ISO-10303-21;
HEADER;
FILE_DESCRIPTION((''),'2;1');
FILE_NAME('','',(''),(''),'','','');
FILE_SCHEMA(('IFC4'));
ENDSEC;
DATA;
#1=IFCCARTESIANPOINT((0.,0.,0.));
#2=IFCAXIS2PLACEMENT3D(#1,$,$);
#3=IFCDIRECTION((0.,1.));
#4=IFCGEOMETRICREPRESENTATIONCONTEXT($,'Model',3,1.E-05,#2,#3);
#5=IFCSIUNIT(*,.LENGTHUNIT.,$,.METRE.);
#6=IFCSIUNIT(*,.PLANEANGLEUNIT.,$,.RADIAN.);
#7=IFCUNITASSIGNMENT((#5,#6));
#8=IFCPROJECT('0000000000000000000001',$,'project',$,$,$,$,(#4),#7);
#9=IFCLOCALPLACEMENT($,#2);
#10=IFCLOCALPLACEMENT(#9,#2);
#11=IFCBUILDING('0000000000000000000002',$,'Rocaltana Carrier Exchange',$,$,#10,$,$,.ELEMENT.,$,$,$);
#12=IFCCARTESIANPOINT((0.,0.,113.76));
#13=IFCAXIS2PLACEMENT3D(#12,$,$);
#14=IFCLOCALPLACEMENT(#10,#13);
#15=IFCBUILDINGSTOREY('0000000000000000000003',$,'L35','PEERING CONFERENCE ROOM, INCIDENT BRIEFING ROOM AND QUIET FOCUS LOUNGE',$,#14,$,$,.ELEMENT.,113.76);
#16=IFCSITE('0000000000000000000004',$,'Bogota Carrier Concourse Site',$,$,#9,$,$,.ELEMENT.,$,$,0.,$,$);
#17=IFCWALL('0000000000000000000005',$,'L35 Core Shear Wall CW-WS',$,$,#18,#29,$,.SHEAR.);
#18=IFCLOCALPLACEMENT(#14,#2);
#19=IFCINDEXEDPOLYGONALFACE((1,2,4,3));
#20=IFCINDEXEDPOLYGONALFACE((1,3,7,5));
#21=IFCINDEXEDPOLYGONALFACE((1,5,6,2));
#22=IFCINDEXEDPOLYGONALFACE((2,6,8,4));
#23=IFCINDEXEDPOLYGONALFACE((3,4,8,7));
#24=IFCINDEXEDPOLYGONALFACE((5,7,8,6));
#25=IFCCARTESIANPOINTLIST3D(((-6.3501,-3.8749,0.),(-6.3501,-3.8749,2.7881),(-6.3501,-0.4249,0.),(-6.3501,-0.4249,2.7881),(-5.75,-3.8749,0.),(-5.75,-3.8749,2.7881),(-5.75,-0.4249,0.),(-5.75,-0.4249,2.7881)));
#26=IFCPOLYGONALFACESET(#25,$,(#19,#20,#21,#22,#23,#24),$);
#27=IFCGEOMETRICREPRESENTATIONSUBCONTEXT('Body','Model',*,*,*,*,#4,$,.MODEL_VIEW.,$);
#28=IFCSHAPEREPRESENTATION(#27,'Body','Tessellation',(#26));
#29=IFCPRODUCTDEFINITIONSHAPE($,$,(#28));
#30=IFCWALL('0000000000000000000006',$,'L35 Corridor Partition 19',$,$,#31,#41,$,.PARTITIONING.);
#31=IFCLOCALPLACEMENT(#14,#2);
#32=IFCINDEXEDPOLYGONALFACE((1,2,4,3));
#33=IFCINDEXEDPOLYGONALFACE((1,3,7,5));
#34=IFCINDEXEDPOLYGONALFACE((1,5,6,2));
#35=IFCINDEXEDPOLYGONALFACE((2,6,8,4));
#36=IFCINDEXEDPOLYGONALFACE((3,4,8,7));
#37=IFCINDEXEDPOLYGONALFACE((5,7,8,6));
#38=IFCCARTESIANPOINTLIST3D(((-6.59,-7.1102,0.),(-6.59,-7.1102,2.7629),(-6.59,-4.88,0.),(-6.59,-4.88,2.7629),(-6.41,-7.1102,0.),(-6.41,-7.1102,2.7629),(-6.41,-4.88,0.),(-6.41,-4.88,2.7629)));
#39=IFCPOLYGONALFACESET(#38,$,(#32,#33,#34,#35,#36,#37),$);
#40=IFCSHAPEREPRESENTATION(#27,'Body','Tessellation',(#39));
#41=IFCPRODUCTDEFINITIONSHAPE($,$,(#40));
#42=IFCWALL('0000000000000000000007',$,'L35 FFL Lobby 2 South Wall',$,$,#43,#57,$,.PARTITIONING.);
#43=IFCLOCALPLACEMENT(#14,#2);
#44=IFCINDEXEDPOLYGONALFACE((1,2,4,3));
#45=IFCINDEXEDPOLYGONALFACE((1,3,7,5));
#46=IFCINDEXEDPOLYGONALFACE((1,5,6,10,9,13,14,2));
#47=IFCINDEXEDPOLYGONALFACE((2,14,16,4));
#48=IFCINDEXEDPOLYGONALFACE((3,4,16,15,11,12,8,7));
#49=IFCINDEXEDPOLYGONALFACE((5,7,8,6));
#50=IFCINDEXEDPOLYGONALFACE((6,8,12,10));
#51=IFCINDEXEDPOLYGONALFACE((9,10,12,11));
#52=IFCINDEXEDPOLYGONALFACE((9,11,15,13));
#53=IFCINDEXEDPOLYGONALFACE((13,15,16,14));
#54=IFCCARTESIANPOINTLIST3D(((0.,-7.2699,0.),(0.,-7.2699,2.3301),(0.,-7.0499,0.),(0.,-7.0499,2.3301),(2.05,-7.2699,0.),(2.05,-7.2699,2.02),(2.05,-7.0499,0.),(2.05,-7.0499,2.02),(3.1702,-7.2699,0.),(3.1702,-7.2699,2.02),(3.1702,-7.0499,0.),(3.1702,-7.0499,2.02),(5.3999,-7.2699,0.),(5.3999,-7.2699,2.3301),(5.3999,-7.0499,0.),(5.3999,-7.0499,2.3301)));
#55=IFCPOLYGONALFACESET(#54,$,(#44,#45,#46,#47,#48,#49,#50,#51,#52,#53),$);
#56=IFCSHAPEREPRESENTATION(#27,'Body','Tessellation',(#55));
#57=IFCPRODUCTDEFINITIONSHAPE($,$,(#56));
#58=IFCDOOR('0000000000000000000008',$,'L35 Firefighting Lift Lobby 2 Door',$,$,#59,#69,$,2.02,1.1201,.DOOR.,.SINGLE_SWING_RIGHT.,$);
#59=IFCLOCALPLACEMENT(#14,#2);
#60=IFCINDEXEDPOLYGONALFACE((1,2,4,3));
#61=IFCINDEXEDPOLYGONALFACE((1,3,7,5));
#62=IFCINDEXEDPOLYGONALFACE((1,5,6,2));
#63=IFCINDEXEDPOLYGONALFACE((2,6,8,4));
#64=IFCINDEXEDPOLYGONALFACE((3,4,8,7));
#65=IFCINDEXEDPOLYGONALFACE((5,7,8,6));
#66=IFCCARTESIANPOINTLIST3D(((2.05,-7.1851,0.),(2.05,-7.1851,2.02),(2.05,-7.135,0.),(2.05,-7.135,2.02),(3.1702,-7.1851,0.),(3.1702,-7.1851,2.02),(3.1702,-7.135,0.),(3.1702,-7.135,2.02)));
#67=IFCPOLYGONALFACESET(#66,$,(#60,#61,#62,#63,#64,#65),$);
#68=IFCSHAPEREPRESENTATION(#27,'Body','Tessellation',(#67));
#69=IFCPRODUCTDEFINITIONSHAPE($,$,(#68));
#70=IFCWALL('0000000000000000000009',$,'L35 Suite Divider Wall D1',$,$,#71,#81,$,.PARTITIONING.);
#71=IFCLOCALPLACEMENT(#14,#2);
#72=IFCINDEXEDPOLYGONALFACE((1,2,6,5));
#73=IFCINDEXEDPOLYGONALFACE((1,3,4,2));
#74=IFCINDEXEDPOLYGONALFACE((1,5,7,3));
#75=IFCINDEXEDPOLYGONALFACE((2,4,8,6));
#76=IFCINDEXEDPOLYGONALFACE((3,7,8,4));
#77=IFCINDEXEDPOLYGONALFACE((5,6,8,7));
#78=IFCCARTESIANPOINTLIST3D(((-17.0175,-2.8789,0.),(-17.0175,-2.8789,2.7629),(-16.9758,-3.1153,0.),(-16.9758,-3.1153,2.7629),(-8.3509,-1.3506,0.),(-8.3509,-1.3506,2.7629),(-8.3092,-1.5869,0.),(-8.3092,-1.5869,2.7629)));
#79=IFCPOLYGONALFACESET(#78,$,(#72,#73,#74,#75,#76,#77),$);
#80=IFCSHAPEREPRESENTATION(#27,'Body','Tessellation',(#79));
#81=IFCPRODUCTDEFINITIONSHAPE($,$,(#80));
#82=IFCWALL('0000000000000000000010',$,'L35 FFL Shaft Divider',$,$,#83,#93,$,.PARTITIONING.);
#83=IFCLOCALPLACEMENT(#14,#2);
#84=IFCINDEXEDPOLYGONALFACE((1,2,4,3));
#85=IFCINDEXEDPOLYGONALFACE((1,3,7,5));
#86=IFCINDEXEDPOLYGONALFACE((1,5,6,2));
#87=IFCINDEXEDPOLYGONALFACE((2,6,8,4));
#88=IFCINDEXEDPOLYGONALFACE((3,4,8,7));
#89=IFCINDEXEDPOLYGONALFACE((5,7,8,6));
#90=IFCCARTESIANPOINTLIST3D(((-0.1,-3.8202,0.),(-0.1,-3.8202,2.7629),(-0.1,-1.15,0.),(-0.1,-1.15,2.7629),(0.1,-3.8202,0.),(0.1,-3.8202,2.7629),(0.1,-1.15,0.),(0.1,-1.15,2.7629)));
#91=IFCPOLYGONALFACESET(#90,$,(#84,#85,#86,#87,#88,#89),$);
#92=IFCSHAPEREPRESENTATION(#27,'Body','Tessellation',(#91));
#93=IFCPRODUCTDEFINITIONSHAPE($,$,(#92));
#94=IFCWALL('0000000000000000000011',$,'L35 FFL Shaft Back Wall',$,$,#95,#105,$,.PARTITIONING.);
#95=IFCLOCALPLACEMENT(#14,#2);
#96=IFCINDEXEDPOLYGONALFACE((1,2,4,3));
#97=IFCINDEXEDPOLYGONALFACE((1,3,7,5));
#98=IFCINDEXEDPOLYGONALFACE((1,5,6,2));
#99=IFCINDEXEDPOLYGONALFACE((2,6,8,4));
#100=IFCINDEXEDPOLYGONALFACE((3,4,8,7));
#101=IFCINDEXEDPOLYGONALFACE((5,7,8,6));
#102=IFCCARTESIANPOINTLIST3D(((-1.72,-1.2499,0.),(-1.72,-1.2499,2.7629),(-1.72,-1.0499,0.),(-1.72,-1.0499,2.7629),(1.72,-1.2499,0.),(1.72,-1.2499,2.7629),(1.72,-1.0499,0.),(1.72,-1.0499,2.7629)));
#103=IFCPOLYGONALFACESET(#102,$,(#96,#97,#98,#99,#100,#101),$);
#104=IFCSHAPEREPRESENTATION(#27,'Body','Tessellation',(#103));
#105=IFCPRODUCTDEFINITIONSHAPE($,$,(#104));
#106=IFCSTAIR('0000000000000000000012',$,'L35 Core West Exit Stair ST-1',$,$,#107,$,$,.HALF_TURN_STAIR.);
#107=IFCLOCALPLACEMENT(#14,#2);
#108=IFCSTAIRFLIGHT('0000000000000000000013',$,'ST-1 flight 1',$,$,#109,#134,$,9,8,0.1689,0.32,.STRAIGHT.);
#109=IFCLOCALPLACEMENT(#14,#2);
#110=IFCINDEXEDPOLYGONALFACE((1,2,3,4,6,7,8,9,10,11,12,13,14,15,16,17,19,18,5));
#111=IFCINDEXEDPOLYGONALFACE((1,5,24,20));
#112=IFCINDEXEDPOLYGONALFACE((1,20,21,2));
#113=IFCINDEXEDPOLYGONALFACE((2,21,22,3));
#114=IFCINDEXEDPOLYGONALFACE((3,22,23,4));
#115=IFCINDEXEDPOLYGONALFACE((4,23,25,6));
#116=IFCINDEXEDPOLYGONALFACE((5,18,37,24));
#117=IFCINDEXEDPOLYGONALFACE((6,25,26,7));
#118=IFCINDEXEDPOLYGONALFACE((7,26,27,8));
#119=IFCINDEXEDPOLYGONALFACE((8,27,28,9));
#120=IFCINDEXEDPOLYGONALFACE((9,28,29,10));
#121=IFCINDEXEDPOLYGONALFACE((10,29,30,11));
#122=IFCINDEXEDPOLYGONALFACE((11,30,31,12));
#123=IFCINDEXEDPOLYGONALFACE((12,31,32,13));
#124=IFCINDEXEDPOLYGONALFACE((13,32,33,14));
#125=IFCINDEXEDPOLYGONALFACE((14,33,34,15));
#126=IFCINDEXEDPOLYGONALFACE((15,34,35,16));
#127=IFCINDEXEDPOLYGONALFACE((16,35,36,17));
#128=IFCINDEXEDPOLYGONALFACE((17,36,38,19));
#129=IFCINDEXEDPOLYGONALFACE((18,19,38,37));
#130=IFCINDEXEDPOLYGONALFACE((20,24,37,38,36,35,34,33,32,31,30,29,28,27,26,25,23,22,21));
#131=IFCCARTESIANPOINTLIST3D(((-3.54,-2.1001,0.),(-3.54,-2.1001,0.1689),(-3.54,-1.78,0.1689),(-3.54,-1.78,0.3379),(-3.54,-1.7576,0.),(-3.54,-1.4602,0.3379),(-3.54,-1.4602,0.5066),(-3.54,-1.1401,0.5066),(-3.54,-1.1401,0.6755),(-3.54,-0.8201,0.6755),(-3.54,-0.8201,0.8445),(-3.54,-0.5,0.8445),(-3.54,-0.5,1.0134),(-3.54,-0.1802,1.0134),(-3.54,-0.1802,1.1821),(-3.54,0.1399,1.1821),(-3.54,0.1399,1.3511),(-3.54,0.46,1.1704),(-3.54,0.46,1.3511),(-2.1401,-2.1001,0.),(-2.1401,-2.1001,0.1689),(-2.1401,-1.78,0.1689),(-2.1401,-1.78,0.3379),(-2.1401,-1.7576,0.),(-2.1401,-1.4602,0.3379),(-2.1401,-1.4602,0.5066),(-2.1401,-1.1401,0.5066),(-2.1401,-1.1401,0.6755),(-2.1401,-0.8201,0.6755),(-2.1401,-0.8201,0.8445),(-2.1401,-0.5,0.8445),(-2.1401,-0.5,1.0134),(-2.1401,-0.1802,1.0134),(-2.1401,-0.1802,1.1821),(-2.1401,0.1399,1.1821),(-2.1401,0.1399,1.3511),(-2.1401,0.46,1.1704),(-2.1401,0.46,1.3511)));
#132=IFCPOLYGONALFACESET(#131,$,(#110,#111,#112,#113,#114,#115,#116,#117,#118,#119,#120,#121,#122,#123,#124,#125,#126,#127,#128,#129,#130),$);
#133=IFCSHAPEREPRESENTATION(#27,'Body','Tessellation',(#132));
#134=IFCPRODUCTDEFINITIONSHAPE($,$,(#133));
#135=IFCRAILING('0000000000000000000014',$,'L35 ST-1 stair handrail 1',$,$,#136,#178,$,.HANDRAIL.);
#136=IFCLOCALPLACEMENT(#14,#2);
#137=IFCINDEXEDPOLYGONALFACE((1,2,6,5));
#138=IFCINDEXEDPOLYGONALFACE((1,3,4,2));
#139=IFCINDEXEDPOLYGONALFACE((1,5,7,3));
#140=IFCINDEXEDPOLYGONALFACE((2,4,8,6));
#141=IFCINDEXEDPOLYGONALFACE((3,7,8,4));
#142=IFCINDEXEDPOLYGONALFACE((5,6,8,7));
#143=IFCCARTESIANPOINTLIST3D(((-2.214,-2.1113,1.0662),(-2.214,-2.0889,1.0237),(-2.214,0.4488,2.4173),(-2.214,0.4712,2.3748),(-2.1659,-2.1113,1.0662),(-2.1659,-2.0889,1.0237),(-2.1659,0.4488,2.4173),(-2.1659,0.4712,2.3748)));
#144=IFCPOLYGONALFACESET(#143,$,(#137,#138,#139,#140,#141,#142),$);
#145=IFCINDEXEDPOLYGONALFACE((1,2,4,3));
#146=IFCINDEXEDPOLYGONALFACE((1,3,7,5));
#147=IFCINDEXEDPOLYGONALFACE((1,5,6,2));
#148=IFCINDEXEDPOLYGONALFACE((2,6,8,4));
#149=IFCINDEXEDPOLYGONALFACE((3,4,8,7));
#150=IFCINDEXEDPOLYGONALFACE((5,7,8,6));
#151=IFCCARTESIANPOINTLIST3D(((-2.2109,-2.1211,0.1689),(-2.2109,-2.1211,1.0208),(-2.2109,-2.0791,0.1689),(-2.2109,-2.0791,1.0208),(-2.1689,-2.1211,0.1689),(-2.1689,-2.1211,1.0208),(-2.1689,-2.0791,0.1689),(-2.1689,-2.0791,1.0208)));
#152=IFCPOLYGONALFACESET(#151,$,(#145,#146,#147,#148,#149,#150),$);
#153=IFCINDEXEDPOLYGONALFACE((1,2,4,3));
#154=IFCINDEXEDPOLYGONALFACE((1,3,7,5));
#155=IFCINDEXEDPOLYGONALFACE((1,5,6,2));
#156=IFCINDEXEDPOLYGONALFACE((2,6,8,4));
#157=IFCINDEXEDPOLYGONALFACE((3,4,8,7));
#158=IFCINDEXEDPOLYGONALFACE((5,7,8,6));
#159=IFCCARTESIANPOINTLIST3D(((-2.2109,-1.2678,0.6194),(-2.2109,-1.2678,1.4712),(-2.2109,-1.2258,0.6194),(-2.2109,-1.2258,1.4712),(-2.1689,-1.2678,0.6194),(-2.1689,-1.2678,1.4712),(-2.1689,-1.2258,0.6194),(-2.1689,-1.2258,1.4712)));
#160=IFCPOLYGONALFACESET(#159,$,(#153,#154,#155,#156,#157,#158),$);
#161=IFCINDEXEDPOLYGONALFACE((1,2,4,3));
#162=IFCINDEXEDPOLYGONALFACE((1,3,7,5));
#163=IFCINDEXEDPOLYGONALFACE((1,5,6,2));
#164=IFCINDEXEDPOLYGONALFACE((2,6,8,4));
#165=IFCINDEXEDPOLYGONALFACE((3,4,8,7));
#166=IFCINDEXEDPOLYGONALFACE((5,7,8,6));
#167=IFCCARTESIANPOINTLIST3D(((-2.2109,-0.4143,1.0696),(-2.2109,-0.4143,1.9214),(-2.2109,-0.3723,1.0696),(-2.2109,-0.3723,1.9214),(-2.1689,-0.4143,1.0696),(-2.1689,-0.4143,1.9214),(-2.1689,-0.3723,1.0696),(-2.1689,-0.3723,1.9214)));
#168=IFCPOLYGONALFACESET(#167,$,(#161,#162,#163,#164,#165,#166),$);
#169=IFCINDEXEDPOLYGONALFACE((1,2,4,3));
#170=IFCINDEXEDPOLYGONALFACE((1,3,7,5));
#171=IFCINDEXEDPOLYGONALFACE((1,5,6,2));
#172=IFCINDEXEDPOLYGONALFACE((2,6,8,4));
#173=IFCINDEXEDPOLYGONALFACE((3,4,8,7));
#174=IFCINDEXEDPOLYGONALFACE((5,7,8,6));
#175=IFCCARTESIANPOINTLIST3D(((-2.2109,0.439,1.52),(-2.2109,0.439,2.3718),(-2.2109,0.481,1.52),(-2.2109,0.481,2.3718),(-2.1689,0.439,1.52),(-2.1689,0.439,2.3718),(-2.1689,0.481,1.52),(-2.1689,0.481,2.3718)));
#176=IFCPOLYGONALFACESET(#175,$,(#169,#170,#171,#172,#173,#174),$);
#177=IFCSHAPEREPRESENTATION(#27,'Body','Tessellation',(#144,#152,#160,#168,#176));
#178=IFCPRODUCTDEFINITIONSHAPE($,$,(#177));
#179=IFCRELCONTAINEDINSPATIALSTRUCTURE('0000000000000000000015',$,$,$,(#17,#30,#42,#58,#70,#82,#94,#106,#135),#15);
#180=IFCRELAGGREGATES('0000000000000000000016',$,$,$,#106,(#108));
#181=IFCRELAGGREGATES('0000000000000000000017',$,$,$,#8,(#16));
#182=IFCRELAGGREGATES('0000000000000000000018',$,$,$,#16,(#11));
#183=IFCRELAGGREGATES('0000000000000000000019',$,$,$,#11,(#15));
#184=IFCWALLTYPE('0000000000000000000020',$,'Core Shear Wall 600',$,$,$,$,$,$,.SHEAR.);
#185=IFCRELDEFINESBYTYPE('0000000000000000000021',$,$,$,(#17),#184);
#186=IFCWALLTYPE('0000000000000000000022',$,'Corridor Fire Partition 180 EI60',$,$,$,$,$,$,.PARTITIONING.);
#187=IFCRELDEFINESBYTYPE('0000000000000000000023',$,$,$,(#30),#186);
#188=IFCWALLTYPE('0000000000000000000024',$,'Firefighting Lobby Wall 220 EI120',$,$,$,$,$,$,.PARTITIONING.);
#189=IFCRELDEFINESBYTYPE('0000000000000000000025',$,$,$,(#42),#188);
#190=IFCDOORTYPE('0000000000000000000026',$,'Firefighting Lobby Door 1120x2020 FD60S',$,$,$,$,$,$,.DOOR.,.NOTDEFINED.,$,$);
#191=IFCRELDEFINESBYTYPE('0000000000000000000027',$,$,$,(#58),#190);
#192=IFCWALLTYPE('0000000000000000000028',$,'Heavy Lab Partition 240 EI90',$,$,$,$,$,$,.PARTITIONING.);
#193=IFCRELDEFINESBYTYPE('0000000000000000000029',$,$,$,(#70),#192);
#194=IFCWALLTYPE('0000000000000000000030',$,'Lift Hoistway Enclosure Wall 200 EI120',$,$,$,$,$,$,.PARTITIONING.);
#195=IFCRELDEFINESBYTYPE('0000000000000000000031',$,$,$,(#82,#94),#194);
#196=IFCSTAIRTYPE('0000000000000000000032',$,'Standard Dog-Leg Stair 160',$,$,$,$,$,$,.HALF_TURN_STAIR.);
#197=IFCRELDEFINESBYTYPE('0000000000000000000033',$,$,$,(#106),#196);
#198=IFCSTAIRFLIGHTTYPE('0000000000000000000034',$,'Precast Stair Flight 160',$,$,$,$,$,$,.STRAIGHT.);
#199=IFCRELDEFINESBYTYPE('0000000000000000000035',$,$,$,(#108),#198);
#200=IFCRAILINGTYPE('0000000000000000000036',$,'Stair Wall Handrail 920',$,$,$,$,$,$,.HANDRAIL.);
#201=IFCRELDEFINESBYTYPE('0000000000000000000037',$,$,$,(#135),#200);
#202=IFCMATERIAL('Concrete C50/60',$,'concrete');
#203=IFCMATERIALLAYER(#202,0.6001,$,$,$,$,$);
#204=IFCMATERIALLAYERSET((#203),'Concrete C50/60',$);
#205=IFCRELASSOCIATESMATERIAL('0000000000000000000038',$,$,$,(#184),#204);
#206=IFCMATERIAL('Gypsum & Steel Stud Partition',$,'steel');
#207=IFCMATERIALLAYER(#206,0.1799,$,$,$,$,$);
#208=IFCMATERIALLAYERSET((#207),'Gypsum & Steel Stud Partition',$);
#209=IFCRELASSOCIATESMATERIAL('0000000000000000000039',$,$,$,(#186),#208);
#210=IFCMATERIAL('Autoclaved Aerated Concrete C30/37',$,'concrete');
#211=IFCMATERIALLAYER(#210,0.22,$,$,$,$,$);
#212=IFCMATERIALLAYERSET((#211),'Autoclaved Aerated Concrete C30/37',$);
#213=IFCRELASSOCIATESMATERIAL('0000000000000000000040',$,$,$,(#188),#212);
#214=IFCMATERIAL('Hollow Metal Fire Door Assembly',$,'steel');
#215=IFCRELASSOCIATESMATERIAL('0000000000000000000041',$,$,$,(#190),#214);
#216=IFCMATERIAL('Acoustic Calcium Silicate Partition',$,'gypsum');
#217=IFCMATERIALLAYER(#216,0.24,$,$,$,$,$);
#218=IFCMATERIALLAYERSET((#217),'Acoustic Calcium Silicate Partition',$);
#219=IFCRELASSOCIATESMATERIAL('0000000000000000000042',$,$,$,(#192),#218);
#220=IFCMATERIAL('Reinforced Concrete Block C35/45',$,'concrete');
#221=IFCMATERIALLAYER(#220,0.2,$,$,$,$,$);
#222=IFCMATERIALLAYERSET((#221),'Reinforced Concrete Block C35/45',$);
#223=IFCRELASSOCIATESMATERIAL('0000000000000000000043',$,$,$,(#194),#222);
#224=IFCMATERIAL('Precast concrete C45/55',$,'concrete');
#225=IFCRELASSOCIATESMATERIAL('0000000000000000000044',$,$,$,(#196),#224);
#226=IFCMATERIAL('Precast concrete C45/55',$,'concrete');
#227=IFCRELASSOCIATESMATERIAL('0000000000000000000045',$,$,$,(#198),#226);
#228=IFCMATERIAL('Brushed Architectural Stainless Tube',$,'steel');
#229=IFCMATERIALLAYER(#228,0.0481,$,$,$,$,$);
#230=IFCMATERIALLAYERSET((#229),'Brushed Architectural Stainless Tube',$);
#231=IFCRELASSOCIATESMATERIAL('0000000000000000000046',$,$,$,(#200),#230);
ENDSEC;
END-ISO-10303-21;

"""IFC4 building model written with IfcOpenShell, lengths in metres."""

from ifc_helpers import new_model, si_unit, direction, frame, frame_2d, origin, origin_2d, place, context, subcontext, project, spatial, polyline, rectangle, outline, extrude, material, layer, layer_set, type_object, element, fill, aggregate, save


model = new_model("IFC4")

# Units and contexts
model_context = context("Model", 3, precision=1e-05, world=origin(), true_north=direction((0.0, 1.0)))
body_context = subcontext(model_context, "Body", "Model", "MODEL_VIEW")
ifc_project = project(units=[si_unit("LENGTHUNIT", "METRE"), si_unit("PLANEANGLEUNIT", "RADIAN")], contexts=[model_context])

# Site, building, storey
site_placement = place(None, origin())
site = spatial("IfcSite", under=ifc_project, at=site_placement, Name="Bogota Carrier Concourse Site", CompositionType="ELEMENT", RefElevation=0.0)
building_placement = place(site_placement, origin())
building = spatial("IfcBuilding", under=site, at=building_placement, Name="Rocaltana Carrier Exchange", CompositionType="ELEMENT")
storey_placement = place(building_placement, frame((0.0, 0.0, 113.76)))
storey = spatial("IfcBuildingStorey", under=building, at=storey_placement, Name="L35", Description="PEERING CONFERENCE ROOM, INCIDENT BRIEFING ROOM AND QUIET FOCUS LOUNGE", CompositionType="ELEMENT", Elevation=113.76)

# Walls
ifc_material_1 = material(Name="Concrete C50/60", Category="concrete")
ifc_layer_1 = layer(ifc_material_1, 0.6001)
ifc_layer_set_1 = layer_set([ifc_layer_1], Name="Concrete C50/60")
wall_type_1 = type_object("IfcWallType", Name="Core Shear Wall 600", PredefinedType="SHEAR", material=ifc_layer_set_1)
wall_1_placement = place(storey_placement, frame((-6.05, -3.875, 0.0), z_axis=(0.0, 0.0, 1.0), x_axis=(0.0, 1.0, 0.0)))
element("IfcWall", 1, at=wall_1_placement, inside=storey, type_object=wall_type_1, Name="L35 Core Shear Wall CW-WS", PredefinedType="SHEAR", context=body_context, shape_type="SweptSolid", body=[
    extrude(rectangle(XDim=3.45, YDim=0.6001, at=frame_2d((1.7251, 0.0))), origin(), (0.0, 0.0, 1.0), 2.7881),
])
ifc_material_2 = material(Name="Gypsum & Steel Stud Partition", Category="steel")
ifc_layer_2 = layer(ifc_material_2, 0.1799)
ifc_layer_set_2 = layer_set([ifc_layer_2], Name="Gypsum & Steel Stud Partition")
wall_type_2 = type_object("IfcWallType", Name="Corridor Fire Partition 180 EI60", PredefinedType="PARTITIONING", material=ifc_layer_set_2)
wall_2_placement = place(storey_placement, frame((-6.5, -4.8799, 0.0), z_axis=(0.0, 0.0, 1.0), x_axis=(0.0, -1.0, 0.0)))
element("IfcWall", 2, at=wall_2_placement, inside=storey, type_object=wall_type_2, Name="L35 Corridor Partition 19", PredefinedType="PARTITIONING", context=body_context, shape_type="SweptSolid", body=[
    extrude(rectangle(XDim=2.2302, YDim=0.1799, at=frame_2d((1.1152, 0.0))), origin(), (0.0, 0.0, 1.0), 2.7629),
])

# Wall, opening, door
ifc_material_3 = material(Name="Autoclaved Aerated Concrete C30/37", Category="concrete")
ifc_layer_3 = layer(ifc_material_3, 0.22)
ifc_layer_set_3 = layer_set([ifc_layer_3], Name="Autoclaved Aerated Concrete C30/37")
wall_type_3 = type_object("IfcWallType", Name="Firefighting Lobby Wall 220 EI120", PredefinedType="PARTITIONING", material=ifc_layer_set_3)
wall_3_placement = place(storey_placement, frame((0.0, -7.1599, 0.0), z_axis=(0.0, 0.0, 1.0), x_axis=(1.0, 0.0, 0.0)))
wall_3 = element("IfcWall", 3, at=wall_3_placement, inside=storey, type_object=wall_type_3, Name="L35 FFL Lobby 2 South Wall", PredefinedType="PARTITIONING", context=body_context, shape_type="SweptSolid", body=[
    extrude(rectangle(XDim=5.3999, YDim=0.22, at=frame_2d((2.7, 0.0))), origin(), (0.0, 0.0, 1.0), 2.3301),
])
opening_1_placement = place(wall_3_placement, frame((2.05, 0.0, 0.0)))
opening_1 = element("IfcOpeningElement", 4, at=opening_1_placement, cuts=wall_3, PredefinedType="OPENING", context=body_context, shape_type="SweptSolid", body=[
    extrude(rectangle(XDim=1.1201, YDim=2.02, at=frame_2d((0.5601, 1.01))), frame((0.0, 0.1199, 0.0), z_axis=(0.0, -1.0, 0.0), x_axis=(1.0, 0.0, 0.0)), (0.0, 0.0, 1.0), 0.24),
])
ifc_material_4 = material(Name="Hollow Metal Fire Door Assembly", Category="steel")
door_type_1 = type_object("IfcDoorType", Name="Firefighting Lobby Door 1120x2020 FD60S", OperationType="NOTDEFINED", PredefinedType="DOOR", material=ifc_material_4)
door_1_placement = place(opening_1_placement, origin())
door_1 = element("IfcDoor", 5, at=door_1_placement, inside=storey, type_object=door_type_1, Name="L35 Firefighting Lift Lobby 2 Door", OperationType="SINGLE_SWING_RIGHT", OverallHeight=2.02, OverallWidth=1.1201, PredefinedType="DOOR", context=body_context, shape_type="SweptSolid", body=[
    extrude(rectangle(XDim=1.1201, YDim=2.02, at=frame_2d((0.5601, 1.01))), frame((0.0, 0.0249, 0.0), z_axis=(0.0, -1.0, 0.0), x_axis=(1.0, 0.0, 0.0)), (0.0, 0.0, 1.0), 0.05),
])
fill(opening_1, door_1)

# Walls
ifc_material_5 = material(Name="Acoustic Calcium Silicate Partition", Category="gypsum")
ifc_layer_4 = layer(ifc_material_5, 0.24)
ifc_layer_set_4 = layer_set([ifc_layer_4], Name="Acoustic Calcium Silicate Partition")
wall_type_4 = type_object("IfcWallType", Name="Heavy Lab Partition 240 EI90", PredefinedType="PARTITIONING", material=ifc_layer_set_4)
wall_4_placement = place(storey_placement, frame((-8.3301, -1.4688, 0.0), z_axis=(0.0, 0.0, 1.0), x_axis=(-0.984804, -0.173668, 0.0)))
element("IfcWall", 6, at=wall_4_placement, inside=storey, type_object=wall_type_4, Name="L35 Suite Divider Wall D1", PredefinedType="PARTITIONING", context=body_context, shape_type="SweptSolid", body=[
    extrude(rectangle(XDim=8.8003, YDim=0.24, at=frame_2d((4.4001, 0.0))), origin(), (0.0, 0.0, 1.0), 2.7629),
])
ifc_material_6 = material(Name="Reinforced Concrete Block C35/45", Category="concrete")
ifc_layer_5 = layer(ifc_material_6, 0.2)
ifc_layer_set_5 = layer_set([ifc_layer_5], Name="Reinforced Concrete Block C35/45")
wall_type_5 = type_object("IfcWallType", Name="Lift Hoistway Enclosure Wall 200 EI120", PredefinedType="PARTITIONING", material=ifc_layer_set_5)
wall_5_placement = place(storey_placement, frame((0.0, -3.8201, 0.0), z_axis=(0.0, 0.0, 1.0), x_axis=(0.0, 1.0, 0.0)))
element("IfcWall", 7, at=wall_5_placement, inside=storey, type_object=wall_type_5, Name="L35 FFL Shaft Divider", PredefinedType="PARTITIONING", context=body_context, shape_type="SweptSolid", body=[
    extrude(rectangle(XDim=2.6702, YDim=0.2, at=frame_2d((1.335, 0.0))), origin(), (0.0, 0.0, 1.0), 2.7629),
])
wall_6_placement = place(storey_placement, frame((-1.72, -1.1499, 0.0), z_axis=(0.0, 0.0, 1.0), x_axis=(1.0, 0.0, 0.0)))
element("IfcWall", 8, at=wall_6_placement, inside=storey, type_object=wall_type_5, Name="L35 FFL Shaft Back Wall", PredefinedType="PARTITIONING", context=body_context, shape_type="SweptSolid", body=[
    extrude(rectangle(XDim=3.4399, YDim=0.2, at=frame_2d((1.72, 0.0))), origin(), (0.0, 0.0, 1.0), 2.7629),
])

# Stair, stair flight
ifc_material_7 = material(Name="Precast concrete C45/55", Category="concrete")
stair_type = type_object("IfcStairType", Name="Standard Dog-Leg Stair 160", PredefinedType="HALF_TURN_STAIR", material=ifc_material_7)
stair_placement = place(storey_placement, origin())
stair = element("IfcStair", 9, at=stair_placement, inside=storey, type_object=stair_type, Name="L35 Core West Exit Stair ST-1", PredefinedType="HALF_TURN_STAIR")
ifc_material_8 = material(Name="Precast concrete C45/55", Category="concrete")
stair_flight_type = type_object("IfcStairFlightType", Name="Precast Stair Flight 160", PredefinedType="STRAIGHT", material=ifc_material_8)
stair_flight_placement = place(storey_placement, frame((-2.8401, -2.1001, 0.0), z_axis=(0.0, 0.0, 1.0), x_axis=(0.0, 1.0, 0.0)))
stair_flight = element("IfcStairFlight", 10, at=stair_flight_placement, type_object=stair_flight_type, Name="ST-1 flight 1", NumberOfRisers=9, NumberOfTreads=8, PredefinedType="STRAIGHT", RiserHeight=0.1689, TreadLength=0.32, context=body_context, shape_type="SweptSolid", body=[
    extrude(outline(polyline([(0.0, 0.0), (0.0, 0.1689), (0.3201, 0.1689), (0.3201, 0.3379), (0.6399, 0.3379), (0.6399, 0.5066), (0.96, 0.5066), (0.96, 0.6755), (1.28, 0.6755), (1.28, 0.8445), (1.6001, 0.8445), (1.6001, 1.0134), (1.9199, 1.0134), (1.9199, 1.1821), (2.24, 1.1821), (2.24, 1.3511), (2.5601, 1.3511), (2.5601, 1.52), (2.5601, 1.1704), (0.3425, 0.0), (0.0, 0.0)])), frame((0.0, 0.7, 0.0), z_axis=(0.0, -1.0, 0.0), x_axis=(1.0, 0.0, 0.0)), (0.0, 0.0, 1.0), 1.3999),
])
aggregate(stair, [stair_flight])

# Railing
ifc_material_9 = material(Name="Brushed Architectural Stainless Tube", Category="steel")
ifc_layer_6 = layer(ifc_material_9, 0.0481)
ifc_layer_set_6 = layer_set([ifc_layer_6], Name="Brushed Architectural Stainless Tube")
railing_type_1 = type_object("IfcRailingType", Name="Stair Wall Handrail 920", PredefinedType="HANDRAIL", material=ifc_layer_set_6)
railing_1_placement = place(storey_placement, frame((-2.1899, -2.1001, 0.1689)))
element("IfcRailing", 11, at=railing_1_placement, inside=storey, type_object=railing_type_1, Name="L35 ST-1 stair handrail 1", PredefinedType="HANDRAIL", context=body_context, shape_type="SweptSolid", body=[
    extrude(rectangle(XDim=0.0481, YDim=0.0481, at=origin_2d()), frame((0.0, 0.0, 0.876), z_axis=(0.0, 0.884394, 0.46674), x_axis=(-1.0, 0.0, 0.0)), (0.0, 0.0, 1.0), 2.8948),
    extrude(rectangle(XDim=0.042, YDim=0.042, at=origin_2d()), origin(), (0.0, 0.0, 1.0), 0.8518),
    extrude(rectangle(XDim=0.042, YDim=0.042, at=origin_2d()), frame((0.0, 0.8533, 0.4504)), (0.0, 0.0, 1.0), 0.8518),
    extrude(rectangle(XDim=0.042, YDim=0.042, at=origin_2d()), frame((0.0, 1.7068, 0.9006)), (0.0, 0.0, 1.0), 0.8518),
    extrude(rectangle(XDim=0.042, YDim=0.042, at=origin_2d()), frame((0.0, 2.5601, 1.3511)), (0.0, 0.0, 1.0), 0.8518),
])

save(model, "model.ifc")
